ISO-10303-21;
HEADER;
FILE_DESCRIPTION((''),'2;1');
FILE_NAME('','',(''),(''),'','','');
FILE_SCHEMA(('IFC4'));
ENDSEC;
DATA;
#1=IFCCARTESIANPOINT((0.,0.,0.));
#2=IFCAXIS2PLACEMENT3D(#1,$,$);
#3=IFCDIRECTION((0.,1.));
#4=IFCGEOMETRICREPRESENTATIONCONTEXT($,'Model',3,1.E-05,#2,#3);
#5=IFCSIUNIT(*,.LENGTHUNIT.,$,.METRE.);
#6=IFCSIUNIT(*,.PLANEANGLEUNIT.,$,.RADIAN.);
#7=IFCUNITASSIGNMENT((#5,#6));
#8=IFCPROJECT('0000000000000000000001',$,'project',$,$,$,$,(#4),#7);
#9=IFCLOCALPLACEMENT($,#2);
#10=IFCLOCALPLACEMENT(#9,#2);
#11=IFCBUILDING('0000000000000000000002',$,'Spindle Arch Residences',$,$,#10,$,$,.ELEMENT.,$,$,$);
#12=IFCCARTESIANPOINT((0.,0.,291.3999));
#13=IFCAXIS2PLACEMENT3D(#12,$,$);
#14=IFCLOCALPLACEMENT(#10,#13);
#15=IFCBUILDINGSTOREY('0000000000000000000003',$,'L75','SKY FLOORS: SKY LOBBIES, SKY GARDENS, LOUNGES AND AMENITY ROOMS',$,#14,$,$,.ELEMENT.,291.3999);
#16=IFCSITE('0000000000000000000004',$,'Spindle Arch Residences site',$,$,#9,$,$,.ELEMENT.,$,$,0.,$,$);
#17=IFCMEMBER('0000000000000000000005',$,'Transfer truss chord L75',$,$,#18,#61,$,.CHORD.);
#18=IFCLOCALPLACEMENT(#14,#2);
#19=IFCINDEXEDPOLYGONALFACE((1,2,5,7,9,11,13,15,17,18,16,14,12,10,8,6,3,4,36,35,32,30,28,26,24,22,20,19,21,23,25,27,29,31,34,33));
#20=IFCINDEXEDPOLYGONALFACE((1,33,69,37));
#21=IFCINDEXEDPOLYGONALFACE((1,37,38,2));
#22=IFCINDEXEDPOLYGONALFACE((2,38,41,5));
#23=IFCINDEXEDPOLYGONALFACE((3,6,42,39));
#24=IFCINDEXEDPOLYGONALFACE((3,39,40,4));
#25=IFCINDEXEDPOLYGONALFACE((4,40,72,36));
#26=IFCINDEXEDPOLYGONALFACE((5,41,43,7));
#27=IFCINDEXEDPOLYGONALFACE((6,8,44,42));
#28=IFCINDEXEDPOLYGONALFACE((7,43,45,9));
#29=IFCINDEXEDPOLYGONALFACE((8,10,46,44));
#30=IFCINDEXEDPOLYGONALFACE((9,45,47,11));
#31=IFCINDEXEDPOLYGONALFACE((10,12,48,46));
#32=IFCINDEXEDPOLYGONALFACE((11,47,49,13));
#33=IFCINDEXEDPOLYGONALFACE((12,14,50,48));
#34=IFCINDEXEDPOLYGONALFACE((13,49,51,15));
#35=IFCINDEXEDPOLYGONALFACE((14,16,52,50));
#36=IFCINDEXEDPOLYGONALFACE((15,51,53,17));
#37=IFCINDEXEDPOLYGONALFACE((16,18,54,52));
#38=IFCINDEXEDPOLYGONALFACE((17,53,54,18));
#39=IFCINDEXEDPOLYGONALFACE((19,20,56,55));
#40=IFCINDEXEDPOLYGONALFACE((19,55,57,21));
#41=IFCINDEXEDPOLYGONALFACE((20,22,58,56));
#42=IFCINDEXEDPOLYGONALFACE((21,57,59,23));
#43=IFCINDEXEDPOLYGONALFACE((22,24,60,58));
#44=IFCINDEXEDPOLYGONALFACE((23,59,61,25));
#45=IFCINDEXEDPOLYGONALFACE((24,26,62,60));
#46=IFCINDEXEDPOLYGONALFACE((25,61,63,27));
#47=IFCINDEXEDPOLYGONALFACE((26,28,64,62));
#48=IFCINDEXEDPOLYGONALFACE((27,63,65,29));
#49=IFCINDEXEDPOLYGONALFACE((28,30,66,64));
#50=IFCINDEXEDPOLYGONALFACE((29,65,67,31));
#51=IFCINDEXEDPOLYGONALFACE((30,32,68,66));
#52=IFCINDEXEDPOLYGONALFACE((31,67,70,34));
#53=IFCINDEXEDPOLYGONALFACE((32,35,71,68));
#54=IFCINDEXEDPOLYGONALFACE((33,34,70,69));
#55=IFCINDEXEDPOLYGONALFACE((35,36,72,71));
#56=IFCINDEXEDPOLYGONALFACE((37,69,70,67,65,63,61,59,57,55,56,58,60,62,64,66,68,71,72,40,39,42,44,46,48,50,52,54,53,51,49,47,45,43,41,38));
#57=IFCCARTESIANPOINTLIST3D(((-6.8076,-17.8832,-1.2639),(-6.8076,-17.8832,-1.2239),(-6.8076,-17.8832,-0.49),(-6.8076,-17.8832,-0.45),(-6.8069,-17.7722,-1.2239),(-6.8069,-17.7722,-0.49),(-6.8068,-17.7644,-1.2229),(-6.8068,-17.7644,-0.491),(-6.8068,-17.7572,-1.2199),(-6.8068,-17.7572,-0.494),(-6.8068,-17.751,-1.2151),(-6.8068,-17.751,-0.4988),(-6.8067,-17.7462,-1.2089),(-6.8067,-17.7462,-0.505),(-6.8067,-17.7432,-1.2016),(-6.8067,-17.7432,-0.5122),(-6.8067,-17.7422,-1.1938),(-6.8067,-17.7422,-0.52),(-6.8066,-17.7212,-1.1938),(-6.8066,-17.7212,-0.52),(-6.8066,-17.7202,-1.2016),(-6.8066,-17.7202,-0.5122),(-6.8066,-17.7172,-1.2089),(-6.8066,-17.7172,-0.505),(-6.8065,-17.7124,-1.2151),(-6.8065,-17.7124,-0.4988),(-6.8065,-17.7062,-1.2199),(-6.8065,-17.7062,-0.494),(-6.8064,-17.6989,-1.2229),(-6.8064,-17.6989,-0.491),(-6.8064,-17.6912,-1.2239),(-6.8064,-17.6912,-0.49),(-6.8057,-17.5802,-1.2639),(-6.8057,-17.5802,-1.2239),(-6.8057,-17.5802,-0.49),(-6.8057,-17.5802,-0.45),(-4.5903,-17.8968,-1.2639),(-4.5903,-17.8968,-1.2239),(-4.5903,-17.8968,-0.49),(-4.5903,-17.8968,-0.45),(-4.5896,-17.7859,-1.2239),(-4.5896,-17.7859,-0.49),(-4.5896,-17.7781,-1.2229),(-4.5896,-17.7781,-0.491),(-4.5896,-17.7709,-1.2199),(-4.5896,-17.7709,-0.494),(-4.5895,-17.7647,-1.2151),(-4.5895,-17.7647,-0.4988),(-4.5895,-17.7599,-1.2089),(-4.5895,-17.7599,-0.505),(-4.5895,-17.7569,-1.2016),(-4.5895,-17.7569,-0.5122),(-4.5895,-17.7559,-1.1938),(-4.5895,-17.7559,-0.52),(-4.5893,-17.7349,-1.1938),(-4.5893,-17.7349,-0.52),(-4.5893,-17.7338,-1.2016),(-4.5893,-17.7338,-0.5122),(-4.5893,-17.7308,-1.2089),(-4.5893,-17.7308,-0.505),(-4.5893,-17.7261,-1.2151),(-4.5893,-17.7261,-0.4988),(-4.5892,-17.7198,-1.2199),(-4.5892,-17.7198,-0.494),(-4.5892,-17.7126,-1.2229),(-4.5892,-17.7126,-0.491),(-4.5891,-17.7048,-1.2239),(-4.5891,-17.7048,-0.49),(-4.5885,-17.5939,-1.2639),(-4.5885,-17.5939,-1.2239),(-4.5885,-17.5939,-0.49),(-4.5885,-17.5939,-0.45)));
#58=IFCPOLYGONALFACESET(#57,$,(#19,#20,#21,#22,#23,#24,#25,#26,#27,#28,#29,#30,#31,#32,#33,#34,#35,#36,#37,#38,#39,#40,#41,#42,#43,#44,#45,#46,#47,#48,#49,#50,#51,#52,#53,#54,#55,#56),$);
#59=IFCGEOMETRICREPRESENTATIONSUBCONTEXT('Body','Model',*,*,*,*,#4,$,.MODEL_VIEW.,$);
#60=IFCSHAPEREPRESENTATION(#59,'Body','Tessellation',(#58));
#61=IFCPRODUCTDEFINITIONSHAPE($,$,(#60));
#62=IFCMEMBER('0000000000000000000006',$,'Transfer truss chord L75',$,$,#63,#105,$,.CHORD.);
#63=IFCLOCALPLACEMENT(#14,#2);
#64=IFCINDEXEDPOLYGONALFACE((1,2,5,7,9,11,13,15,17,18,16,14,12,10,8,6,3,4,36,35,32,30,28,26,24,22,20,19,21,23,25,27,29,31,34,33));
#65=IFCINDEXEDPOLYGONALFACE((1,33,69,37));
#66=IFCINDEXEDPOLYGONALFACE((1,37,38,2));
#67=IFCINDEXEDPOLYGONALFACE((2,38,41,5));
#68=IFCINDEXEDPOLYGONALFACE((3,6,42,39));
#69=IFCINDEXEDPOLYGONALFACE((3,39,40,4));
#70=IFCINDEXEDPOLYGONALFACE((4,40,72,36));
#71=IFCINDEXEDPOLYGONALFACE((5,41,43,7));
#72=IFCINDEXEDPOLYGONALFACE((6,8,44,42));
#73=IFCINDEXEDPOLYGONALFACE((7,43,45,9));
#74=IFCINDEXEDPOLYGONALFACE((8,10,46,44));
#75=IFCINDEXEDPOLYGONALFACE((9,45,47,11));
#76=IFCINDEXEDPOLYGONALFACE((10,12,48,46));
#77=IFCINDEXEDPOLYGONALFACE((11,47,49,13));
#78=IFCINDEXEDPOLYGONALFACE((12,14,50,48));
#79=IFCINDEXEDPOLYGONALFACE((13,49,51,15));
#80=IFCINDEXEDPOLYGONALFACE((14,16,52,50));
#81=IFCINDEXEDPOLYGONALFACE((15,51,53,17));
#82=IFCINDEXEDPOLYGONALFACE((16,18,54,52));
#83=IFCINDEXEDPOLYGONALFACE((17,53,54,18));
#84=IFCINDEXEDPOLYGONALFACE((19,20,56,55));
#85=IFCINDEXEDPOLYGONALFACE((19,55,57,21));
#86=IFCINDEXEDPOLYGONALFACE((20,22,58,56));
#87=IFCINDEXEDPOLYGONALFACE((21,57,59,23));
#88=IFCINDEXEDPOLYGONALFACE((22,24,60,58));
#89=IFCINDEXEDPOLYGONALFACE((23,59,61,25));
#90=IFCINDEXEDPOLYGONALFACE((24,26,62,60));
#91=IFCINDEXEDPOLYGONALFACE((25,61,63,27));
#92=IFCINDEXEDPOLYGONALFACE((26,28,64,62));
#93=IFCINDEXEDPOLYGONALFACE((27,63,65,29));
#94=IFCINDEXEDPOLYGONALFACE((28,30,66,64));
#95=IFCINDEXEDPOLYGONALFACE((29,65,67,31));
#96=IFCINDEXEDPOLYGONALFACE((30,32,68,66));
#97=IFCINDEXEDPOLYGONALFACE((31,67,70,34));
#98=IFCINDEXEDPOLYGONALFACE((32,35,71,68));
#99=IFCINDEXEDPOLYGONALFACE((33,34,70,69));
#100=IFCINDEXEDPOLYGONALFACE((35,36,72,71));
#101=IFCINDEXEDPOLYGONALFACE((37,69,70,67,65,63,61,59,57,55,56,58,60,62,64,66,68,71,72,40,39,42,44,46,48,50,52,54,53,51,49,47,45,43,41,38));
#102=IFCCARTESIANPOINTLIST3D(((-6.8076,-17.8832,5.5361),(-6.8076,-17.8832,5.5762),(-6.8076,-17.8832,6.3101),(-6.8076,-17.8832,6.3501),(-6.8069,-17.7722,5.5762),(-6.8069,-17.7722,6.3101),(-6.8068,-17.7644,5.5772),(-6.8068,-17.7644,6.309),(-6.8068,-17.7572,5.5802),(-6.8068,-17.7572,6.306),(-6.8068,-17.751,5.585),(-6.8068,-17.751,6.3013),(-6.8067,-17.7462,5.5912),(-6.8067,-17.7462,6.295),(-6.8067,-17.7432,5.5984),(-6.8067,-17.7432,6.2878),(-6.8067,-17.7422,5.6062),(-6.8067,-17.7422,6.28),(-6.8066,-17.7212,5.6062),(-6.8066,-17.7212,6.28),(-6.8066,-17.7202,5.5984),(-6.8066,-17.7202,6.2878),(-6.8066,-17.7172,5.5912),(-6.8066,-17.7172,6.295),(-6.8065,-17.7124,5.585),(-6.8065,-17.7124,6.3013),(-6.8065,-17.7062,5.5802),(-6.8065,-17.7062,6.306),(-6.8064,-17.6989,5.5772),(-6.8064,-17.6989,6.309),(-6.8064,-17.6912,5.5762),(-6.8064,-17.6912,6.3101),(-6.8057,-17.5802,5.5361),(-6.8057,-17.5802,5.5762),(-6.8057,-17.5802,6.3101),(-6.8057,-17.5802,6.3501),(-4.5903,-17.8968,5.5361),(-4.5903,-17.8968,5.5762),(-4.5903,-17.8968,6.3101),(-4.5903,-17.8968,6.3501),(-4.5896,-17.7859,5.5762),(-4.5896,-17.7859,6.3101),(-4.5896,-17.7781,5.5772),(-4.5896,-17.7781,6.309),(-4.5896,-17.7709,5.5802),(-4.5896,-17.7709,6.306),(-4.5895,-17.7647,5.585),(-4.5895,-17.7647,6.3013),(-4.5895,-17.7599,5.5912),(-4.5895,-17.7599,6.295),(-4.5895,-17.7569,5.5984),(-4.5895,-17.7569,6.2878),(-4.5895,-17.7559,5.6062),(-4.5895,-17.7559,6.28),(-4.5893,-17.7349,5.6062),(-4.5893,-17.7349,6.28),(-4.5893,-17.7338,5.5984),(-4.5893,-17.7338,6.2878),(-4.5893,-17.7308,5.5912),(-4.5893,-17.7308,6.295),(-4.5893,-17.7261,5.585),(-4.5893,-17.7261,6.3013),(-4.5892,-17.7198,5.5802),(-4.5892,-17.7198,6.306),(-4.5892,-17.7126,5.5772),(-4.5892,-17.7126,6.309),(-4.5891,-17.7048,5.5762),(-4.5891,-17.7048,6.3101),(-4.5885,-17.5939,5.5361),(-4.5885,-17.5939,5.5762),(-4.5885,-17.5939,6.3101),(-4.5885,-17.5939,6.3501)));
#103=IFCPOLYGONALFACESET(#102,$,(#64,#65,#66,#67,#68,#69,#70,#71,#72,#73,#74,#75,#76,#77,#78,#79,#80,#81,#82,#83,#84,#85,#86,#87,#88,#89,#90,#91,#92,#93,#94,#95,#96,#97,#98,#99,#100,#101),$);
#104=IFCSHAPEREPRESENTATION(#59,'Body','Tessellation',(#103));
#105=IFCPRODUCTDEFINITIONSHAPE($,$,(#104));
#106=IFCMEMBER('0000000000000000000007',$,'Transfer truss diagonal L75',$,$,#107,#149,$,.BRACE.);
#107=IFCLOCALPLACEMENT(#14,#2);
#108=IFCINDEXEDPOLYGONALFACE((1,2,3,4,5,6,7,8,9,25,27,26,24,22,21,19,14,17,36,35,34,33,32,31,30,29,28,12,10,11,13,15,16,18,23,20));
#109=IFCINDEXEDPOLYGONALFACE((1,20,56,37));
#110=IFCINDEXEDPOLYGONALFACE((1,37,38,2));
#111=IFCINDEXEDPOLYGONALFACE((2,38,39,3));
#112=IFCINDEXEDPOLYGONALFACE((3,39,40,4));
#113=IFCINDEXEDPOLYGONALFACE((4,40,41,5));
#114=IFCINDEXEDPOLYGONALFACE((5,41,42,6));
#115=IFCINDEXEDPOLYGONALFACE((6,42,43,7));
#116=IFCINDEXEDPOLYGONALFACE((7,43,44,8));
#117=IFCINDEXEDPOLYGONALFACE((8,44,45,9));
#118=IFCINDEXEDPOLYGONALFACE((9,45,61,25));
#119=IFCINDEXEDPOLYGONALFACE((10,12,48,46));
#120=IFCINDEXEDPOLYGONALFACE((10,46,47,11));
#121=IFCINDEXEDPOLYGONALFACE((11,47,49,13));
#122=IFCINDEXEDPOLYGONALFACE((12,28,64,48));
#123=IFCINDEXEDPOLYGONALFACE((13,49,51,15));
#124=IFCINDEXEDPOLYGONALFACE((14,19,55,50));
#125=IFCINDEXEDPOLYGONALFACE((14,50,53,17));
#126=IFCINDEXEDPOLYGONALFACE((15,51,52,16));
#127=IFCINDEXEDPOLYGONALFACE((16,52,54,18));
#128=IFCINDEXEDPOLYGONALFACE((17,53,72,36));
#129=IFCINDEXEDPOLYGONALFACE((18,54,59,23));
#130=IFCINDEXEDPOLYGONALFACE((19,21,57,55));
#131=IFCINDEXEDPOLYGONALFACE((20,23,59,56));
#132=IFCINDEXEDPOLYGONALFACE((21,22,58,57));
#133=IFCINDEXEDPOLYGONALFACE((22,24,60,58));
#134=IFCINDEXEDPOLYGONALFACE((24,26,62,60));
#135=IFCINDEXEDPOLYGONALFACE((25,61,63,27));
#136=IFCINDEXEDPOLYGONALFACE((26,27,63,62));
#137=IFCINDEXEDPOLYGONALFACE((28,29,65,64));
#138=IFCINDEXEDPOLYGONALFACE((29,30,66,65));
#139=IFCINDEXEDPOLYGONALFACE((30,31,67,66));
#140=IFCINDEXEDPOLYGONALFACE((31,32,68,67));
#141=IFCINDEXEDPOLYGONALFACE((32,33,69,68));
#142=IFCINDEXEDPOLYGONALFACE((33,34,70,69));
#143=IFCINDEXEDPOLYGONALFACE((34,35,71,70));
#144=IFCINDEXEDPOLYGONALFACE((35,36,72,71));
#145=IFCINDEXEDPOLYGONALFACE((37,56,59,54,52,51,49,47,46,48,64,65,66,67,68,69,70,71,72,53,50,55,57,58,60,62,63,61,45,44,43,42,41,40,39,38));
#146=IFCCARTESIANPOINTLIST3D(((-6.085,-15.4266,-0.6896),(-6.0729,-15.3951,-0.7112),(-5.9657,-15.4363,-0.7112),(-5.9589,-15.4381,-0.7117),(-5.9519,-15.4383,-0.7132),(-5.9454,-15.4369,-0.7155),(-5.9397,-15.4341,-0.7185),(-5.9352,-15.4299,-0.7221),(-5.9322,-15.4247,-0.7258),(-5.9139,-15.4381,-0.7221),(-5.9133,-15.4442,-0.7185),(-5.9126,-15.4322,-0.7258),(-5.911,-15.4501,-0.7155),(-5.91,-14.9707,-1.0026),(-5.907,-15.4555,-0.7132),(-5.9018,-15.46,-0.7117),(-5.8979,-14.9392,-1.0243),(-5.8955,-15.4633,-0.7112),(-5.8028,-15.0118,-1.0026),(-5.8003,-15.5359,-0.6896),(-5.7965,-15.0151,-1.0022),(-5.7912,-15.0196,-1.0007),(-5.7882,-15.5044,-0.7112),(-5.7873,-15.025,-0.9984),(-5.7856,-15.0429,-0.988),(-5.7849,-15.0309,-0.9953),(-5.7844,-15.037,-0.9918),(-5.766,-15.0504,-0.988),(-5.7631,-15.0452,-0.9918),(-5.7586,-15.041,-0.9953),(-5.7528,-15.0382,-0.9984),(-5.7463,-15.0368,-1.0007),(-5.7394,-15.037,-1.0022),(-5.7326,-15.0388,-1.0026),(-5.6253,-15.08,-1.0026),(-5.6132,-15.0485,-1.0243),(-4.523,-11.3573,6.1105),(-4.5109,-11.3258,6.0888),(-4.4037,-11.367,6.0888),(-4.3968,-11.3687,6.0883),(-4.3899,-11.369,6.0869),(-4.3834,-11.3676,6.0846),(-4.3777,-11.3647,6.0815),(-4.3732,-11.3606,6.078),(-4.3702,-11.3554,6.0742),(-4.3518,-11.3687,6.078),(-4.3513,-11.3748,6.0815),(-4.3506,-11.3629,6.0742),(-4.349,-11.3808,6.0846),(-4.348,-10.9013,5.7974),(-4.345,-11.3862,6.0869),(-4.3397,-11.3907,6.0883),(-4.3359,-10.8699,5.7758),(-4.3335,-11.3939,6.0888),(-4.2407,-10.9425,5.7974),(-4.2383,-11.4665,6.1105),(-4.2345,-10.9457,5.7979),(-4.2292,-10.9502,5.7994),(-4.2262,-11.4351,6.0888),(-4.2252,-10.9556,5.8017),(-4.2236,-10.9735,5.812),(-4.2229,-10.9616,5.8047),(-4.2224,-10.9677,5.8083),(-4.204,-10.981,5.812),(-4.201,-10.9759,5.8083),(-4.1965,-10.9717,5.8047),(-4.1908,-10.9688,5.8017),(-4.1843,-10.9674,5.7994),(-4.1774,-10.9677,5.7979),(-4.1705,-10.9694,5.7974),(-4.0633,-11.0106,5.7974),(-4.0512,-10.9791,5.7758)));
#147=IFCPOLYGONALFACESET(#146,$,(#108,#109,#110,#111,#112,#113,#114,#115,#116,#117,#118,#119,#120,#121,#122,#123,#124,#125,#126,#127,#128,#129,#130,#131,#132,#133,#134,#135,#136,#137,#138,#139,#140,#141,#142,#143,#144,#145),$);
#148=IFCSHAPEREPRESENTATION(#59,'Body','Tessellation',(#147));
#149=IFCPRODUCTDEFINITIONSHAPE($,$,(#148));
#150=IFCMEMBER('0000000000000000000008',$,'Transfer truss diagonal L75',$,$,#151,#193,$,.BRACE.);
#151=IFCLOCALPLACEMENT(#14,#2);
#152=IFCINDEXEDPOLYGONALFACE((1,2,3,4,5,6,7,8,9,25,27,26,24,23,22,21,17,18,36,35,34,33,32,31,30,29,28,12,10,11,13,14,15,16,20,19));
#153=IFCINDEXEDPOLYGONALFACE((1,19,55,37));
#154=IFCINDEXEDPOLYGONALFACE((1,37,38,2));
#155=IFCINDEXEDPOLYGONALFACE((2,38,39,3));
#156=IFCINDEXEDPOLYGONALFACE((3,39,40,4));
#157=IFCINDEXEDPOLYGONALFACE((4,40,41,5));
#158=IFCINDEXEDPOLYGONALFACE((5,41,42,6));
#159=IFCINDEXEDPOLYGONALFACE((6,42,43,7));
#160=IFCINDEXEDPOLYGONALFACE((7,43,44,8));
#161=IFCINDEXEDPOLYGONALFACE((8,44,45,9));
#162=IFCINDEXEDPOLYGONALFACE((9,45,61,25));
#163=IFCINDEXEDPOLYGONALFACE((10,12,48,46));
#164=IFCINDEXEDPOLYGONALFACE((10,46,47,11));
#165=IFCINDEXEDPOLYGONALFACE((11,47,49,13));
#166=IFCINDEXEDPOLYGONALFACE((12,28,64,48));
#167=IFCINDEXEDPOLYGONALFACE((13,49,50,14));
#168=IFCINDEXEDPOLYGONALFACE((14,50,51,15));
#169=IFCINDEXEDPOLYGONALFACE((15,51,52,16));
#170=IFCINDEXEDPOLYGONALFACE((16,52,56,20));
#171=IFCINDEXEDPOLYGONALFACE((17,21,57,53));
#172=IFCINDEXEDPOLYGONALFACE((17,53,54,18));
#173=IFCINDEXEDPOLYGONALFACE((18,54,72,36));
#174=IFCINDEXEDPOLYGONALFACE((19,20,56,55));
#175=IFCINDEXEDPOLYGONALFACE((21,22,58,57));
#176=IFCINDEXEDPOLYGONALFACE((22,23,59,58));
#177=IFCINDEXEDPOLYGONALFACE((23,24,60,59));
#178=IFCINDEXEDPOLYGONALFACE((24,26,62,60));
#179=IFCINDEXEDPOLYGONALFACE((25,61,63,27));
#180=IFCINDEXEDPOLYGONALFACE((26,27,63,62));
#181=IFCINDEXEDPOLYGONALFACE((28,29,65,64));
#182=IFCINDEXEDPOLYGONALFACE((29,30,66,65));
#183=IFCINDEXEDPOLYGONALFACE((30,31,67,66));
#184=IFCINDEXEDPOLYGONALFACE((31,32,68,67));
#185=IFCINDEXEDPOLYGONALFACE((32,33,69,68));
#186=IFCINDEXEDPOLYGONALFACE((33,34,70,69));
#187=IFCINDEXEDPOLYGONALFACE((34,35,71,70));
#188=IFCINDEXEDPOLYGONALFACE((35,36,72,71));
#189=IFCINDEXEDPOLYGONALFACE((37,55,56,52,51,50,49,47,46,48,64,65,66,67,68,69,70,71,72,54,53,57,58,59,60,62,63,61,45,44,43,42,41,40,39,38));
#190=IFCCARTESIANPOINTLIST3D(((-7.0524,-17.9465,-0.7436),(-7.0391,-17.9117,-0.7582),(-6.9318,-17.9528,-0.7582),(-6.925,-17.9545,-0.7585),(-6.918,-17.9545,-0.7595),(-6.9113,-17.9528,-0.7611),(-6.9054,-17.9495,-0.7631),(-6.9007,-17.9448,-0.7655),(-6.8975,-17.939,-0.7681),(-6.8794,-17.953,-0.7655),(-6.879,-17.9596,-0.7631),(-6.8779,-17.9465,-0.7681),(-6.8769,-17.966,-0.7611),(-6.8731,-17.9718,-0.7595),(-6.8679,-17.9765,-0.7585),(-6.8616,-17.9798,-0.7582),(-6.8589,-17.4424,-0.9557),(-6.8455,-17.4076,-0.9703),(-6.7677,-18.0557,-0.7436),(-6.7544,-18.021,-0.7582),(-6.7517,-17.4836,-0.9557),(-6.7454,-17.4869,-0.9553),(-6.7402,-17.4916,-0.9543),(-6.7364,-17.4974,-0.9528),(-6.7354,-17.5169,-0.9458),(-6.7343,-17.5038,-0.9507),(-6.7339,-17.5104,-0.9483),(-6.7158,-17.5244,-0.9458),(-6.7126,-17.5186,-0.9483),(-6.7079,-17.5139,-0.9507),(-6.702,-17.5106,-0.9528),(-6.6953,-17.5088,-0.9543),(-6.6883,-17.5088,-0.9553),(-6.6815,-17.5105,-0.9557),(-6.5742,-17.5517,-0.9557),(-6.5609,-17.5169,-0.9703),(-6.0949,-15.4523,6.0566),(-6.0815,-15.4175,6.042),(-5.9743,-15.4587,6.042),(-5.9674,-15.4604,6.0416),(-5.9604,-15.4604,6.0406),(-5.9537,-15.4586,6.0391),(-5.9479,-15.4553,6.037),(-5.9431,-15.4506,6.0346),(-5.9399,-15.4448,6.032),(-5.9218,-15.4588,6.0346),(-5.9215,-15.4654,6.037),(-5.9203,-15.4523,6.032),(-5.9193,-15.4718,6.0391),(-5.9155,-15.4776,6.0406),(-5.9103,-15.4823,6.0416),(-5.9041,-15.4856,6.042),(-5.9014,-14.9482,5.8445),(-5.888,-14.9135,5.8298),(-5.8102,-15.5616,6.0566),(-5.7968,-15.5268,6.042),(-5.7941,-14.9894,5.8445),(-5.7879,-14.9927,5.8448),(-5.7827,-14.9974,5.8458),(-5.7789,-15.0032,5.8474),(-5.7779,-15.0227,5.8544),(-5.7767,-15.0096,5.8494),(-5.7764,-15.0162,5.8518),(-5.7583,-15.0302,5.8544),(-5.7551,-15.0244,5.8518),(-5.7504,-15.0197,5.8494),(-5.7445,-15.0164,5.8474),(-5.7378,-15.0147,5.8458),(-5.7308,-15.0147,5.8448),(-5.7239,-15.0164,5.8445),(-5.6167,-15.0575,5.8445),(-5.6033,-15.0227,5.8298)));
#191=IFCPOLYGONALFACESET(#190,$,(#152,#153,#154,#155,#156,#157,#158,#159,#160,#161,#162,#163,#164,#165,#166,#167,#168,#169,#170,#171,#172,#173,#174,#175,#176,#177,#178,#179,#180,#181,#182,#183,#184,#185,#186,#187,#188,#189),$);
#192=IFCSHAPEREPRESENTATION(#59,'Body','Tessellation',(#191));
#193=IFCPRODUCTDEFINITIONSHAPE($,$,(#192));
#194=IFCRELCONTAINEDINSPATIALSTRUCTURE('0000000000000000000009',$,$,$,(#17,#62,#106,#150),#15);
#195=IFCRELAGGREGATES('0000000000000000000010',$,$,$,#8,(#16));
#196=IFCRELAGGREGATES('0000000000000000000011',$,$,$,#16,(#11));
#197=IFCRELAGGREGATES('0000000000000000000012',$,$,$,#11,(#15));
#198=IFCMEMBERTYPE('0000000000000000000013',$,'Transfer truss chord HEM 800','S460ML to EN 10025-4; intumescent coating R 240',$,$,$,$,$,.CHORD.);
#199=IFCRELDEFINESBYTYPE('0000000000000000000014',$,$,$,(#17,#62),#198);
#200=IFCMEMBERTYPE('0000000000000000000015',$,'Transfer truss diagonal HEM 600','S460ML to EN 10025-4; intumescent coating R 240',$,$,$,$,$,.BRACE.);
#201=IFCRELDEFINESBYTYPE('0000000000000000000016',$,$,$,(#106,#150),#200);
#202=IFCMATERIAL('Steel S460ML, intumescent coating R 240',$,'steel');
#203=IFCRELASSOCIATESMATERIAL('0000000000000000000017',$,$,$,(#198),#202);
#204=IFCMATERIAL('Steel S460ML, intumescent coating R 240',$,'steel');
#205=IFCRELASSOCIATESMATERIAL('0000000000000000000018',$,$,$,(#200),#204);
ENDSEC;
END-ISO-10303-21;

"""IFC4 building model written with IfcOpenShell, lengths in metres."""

from ifc_helpers import new_model, si_unit, direction, frame, origin, origin_2d, place, context, subcontext, project, spatial, i_section, extrude, material, material_profile, profile_set, type_object, element, save


model = new_model("IFC4")

# Units and contexts
model_context = context("Model", 3, precision=1e-05, world=origin(), true_north=direction((0.0, 1.0)))
body_context = subcontext(model_context, "Body", "Model", "MODEL_VIEW")
ifc_project = project(units=[si_unit("LENGTHUNIT", "METRE"), si_unit("PLANEANGLEUNIT", "RADIAN")], contexts=[model_context])

# Site, building, storey
site_placement = place(None, origin())
site = spatial("IfcSite", under=ifc_project, at=site_placement, Name="Spindle Arch Residences site", CompositionType="ELEMENT", RefElevation=0.0)
building_placement = place(site_placement, origin())
building = spatial("IfcBuilding", under=site, at=building_placement, Name="Spindle Arch Residences", CompositionType="ELEMENT")
storey_placement = place(building_placement, frame((0.0, 0.0, 291.3999)))
storey = spatial("IfcBuildingStorey", under=building, at=storey_placement, Name="L75", Description="SKY FLOORS: SKY LOBBIES, SKY GARDENS, LOUNGES AND AMENITY ROOMS", CompositionType="ELEMENT", Elevation=291.3999)

# Members
ifc_material_1 = material(Name="Steel S460ML, intumescent coating R 240", Category="steel")
ifc_material_profile_1 = material_profile(ifc_material_1, i_section(OverallWidth=0.303, OverallDepth=0.814, WebThickness=0.021, FlangeThickness=0.04, FilletRadius=0.03, at=origin_2d()), Name="HEM 800")
ifc_profile_set_1 = profile_set([ifc_material_profile_1], Name="Steel S460ML, intumescent coating R 240")
member_type_1 = type_object("IfcMemberType", Name="Transfer truss chord HEM 800", Description="S460ML to EN 10025-4; intumescent coating R 240", PredefinedType="CHORD", material=ifc_profile_set_1)
for number, where, z_axis, x_axis, name in (
    (1, (-6.8066, -17.7317, -0.8569), (0.999981, -0.006166, 0.0), (0.006166, 0.999981, 0.0), "Transfer truss chord L75"),
    (2, (-6.8066, -17.7317, 5.9431), (0.999981, -0.006166, 0.0), (0.006166, 0.999981, 0.0), "Transfer truss chord L75"),
):
    element("IfcMember", number, at=place(storey_placement, frame(where, z_axis=z_axis, x_axis=x_axis)), inside=storey, type_object=member_type_1, Name=name, PredefinedType="CHORD", context=body_context, shape_type="SweptSolid", body=[
        extrude(i_section(OverallWidth=0.303, OverallDepth=0.814, WebThickness=0.021, FlangeThickness=0.04, FilletRadius=0.03, at=origin_2d()), origin(), (0.0, 0.0, 1.0), 2.2173),
    ])
ifc_material_2 = material(Name="Steel S460ML, intumescent coating R 240", Category="steel")
ifc_material_profile_2 = material_profile(ifc_material_2, i_section(OverallWidth=0.3049, OverallDepth=0.6201, WebThickness=0.021, FlangeThickness=0.04, FilletRadius=0.0271, at=origin_2d()), Name="HEM 600")
ifc_profile_set_2 = profile_set([ifc_material_profile_2], Name="Steel S460ML, intumescent coating R 240")
member_type_2 = type_object("IfcMemberType", Name="Transfer truss diagonal HEM 600", Description="S460ML to EN 10025-4; intumescent coating R 240", PredefinedType="BRACE", material=ifc_profile_set_2)
member_1_placement = place(storey_placement, frame((-5.8491, -15.2375, -0.8569), z_axis=(0.193387, 0.50381, 0.841889), x_axis=(-0.933585, 0.358356, 0.0)))
element("IfcMember", 3, at=member_1_placement, inside=storey, type_object=member_type_2, Name="Transfer truss diagonal L75", PredefinedType="BRACE", context=body_context, shape_type="SweptSolid", body=[
    extrude(i_section(OverallWidth=0.3049, OverallDepth=0.6201, WebThickness=0.021, FlangeThickness=0.04, FilletRadius=0.0271, at=origin_2d()), origin(), (0.0, 0.0, 1.0), 8.0771),
])
member_2_placement = place(storey_placement, frame((-6.8066, -17.7317, -0.8569), z_axis=(0.131059, 0.341381, 0.930743), x_axis=(-0.933567, 0.358403, 0.0)))
element("IfcMember", 4, at=member_2_placement, inside=storey, type_object=member_type_2, Name="Transfer truss diagonal L75", PredefinedType="BRACE", context=body_context, shape_type="SweptSolid", body=[
    extrude(i_section(OverallWidth=0.3049, OverallDepth=0.6201, WebThickness=0.021, FlangeThickness=0.04, FilletRadius=0.0271, at=origin_2d()), origin(), (0.0, 0.0, 1.0), 7.3062),
])

save(model, "model.ifc")
